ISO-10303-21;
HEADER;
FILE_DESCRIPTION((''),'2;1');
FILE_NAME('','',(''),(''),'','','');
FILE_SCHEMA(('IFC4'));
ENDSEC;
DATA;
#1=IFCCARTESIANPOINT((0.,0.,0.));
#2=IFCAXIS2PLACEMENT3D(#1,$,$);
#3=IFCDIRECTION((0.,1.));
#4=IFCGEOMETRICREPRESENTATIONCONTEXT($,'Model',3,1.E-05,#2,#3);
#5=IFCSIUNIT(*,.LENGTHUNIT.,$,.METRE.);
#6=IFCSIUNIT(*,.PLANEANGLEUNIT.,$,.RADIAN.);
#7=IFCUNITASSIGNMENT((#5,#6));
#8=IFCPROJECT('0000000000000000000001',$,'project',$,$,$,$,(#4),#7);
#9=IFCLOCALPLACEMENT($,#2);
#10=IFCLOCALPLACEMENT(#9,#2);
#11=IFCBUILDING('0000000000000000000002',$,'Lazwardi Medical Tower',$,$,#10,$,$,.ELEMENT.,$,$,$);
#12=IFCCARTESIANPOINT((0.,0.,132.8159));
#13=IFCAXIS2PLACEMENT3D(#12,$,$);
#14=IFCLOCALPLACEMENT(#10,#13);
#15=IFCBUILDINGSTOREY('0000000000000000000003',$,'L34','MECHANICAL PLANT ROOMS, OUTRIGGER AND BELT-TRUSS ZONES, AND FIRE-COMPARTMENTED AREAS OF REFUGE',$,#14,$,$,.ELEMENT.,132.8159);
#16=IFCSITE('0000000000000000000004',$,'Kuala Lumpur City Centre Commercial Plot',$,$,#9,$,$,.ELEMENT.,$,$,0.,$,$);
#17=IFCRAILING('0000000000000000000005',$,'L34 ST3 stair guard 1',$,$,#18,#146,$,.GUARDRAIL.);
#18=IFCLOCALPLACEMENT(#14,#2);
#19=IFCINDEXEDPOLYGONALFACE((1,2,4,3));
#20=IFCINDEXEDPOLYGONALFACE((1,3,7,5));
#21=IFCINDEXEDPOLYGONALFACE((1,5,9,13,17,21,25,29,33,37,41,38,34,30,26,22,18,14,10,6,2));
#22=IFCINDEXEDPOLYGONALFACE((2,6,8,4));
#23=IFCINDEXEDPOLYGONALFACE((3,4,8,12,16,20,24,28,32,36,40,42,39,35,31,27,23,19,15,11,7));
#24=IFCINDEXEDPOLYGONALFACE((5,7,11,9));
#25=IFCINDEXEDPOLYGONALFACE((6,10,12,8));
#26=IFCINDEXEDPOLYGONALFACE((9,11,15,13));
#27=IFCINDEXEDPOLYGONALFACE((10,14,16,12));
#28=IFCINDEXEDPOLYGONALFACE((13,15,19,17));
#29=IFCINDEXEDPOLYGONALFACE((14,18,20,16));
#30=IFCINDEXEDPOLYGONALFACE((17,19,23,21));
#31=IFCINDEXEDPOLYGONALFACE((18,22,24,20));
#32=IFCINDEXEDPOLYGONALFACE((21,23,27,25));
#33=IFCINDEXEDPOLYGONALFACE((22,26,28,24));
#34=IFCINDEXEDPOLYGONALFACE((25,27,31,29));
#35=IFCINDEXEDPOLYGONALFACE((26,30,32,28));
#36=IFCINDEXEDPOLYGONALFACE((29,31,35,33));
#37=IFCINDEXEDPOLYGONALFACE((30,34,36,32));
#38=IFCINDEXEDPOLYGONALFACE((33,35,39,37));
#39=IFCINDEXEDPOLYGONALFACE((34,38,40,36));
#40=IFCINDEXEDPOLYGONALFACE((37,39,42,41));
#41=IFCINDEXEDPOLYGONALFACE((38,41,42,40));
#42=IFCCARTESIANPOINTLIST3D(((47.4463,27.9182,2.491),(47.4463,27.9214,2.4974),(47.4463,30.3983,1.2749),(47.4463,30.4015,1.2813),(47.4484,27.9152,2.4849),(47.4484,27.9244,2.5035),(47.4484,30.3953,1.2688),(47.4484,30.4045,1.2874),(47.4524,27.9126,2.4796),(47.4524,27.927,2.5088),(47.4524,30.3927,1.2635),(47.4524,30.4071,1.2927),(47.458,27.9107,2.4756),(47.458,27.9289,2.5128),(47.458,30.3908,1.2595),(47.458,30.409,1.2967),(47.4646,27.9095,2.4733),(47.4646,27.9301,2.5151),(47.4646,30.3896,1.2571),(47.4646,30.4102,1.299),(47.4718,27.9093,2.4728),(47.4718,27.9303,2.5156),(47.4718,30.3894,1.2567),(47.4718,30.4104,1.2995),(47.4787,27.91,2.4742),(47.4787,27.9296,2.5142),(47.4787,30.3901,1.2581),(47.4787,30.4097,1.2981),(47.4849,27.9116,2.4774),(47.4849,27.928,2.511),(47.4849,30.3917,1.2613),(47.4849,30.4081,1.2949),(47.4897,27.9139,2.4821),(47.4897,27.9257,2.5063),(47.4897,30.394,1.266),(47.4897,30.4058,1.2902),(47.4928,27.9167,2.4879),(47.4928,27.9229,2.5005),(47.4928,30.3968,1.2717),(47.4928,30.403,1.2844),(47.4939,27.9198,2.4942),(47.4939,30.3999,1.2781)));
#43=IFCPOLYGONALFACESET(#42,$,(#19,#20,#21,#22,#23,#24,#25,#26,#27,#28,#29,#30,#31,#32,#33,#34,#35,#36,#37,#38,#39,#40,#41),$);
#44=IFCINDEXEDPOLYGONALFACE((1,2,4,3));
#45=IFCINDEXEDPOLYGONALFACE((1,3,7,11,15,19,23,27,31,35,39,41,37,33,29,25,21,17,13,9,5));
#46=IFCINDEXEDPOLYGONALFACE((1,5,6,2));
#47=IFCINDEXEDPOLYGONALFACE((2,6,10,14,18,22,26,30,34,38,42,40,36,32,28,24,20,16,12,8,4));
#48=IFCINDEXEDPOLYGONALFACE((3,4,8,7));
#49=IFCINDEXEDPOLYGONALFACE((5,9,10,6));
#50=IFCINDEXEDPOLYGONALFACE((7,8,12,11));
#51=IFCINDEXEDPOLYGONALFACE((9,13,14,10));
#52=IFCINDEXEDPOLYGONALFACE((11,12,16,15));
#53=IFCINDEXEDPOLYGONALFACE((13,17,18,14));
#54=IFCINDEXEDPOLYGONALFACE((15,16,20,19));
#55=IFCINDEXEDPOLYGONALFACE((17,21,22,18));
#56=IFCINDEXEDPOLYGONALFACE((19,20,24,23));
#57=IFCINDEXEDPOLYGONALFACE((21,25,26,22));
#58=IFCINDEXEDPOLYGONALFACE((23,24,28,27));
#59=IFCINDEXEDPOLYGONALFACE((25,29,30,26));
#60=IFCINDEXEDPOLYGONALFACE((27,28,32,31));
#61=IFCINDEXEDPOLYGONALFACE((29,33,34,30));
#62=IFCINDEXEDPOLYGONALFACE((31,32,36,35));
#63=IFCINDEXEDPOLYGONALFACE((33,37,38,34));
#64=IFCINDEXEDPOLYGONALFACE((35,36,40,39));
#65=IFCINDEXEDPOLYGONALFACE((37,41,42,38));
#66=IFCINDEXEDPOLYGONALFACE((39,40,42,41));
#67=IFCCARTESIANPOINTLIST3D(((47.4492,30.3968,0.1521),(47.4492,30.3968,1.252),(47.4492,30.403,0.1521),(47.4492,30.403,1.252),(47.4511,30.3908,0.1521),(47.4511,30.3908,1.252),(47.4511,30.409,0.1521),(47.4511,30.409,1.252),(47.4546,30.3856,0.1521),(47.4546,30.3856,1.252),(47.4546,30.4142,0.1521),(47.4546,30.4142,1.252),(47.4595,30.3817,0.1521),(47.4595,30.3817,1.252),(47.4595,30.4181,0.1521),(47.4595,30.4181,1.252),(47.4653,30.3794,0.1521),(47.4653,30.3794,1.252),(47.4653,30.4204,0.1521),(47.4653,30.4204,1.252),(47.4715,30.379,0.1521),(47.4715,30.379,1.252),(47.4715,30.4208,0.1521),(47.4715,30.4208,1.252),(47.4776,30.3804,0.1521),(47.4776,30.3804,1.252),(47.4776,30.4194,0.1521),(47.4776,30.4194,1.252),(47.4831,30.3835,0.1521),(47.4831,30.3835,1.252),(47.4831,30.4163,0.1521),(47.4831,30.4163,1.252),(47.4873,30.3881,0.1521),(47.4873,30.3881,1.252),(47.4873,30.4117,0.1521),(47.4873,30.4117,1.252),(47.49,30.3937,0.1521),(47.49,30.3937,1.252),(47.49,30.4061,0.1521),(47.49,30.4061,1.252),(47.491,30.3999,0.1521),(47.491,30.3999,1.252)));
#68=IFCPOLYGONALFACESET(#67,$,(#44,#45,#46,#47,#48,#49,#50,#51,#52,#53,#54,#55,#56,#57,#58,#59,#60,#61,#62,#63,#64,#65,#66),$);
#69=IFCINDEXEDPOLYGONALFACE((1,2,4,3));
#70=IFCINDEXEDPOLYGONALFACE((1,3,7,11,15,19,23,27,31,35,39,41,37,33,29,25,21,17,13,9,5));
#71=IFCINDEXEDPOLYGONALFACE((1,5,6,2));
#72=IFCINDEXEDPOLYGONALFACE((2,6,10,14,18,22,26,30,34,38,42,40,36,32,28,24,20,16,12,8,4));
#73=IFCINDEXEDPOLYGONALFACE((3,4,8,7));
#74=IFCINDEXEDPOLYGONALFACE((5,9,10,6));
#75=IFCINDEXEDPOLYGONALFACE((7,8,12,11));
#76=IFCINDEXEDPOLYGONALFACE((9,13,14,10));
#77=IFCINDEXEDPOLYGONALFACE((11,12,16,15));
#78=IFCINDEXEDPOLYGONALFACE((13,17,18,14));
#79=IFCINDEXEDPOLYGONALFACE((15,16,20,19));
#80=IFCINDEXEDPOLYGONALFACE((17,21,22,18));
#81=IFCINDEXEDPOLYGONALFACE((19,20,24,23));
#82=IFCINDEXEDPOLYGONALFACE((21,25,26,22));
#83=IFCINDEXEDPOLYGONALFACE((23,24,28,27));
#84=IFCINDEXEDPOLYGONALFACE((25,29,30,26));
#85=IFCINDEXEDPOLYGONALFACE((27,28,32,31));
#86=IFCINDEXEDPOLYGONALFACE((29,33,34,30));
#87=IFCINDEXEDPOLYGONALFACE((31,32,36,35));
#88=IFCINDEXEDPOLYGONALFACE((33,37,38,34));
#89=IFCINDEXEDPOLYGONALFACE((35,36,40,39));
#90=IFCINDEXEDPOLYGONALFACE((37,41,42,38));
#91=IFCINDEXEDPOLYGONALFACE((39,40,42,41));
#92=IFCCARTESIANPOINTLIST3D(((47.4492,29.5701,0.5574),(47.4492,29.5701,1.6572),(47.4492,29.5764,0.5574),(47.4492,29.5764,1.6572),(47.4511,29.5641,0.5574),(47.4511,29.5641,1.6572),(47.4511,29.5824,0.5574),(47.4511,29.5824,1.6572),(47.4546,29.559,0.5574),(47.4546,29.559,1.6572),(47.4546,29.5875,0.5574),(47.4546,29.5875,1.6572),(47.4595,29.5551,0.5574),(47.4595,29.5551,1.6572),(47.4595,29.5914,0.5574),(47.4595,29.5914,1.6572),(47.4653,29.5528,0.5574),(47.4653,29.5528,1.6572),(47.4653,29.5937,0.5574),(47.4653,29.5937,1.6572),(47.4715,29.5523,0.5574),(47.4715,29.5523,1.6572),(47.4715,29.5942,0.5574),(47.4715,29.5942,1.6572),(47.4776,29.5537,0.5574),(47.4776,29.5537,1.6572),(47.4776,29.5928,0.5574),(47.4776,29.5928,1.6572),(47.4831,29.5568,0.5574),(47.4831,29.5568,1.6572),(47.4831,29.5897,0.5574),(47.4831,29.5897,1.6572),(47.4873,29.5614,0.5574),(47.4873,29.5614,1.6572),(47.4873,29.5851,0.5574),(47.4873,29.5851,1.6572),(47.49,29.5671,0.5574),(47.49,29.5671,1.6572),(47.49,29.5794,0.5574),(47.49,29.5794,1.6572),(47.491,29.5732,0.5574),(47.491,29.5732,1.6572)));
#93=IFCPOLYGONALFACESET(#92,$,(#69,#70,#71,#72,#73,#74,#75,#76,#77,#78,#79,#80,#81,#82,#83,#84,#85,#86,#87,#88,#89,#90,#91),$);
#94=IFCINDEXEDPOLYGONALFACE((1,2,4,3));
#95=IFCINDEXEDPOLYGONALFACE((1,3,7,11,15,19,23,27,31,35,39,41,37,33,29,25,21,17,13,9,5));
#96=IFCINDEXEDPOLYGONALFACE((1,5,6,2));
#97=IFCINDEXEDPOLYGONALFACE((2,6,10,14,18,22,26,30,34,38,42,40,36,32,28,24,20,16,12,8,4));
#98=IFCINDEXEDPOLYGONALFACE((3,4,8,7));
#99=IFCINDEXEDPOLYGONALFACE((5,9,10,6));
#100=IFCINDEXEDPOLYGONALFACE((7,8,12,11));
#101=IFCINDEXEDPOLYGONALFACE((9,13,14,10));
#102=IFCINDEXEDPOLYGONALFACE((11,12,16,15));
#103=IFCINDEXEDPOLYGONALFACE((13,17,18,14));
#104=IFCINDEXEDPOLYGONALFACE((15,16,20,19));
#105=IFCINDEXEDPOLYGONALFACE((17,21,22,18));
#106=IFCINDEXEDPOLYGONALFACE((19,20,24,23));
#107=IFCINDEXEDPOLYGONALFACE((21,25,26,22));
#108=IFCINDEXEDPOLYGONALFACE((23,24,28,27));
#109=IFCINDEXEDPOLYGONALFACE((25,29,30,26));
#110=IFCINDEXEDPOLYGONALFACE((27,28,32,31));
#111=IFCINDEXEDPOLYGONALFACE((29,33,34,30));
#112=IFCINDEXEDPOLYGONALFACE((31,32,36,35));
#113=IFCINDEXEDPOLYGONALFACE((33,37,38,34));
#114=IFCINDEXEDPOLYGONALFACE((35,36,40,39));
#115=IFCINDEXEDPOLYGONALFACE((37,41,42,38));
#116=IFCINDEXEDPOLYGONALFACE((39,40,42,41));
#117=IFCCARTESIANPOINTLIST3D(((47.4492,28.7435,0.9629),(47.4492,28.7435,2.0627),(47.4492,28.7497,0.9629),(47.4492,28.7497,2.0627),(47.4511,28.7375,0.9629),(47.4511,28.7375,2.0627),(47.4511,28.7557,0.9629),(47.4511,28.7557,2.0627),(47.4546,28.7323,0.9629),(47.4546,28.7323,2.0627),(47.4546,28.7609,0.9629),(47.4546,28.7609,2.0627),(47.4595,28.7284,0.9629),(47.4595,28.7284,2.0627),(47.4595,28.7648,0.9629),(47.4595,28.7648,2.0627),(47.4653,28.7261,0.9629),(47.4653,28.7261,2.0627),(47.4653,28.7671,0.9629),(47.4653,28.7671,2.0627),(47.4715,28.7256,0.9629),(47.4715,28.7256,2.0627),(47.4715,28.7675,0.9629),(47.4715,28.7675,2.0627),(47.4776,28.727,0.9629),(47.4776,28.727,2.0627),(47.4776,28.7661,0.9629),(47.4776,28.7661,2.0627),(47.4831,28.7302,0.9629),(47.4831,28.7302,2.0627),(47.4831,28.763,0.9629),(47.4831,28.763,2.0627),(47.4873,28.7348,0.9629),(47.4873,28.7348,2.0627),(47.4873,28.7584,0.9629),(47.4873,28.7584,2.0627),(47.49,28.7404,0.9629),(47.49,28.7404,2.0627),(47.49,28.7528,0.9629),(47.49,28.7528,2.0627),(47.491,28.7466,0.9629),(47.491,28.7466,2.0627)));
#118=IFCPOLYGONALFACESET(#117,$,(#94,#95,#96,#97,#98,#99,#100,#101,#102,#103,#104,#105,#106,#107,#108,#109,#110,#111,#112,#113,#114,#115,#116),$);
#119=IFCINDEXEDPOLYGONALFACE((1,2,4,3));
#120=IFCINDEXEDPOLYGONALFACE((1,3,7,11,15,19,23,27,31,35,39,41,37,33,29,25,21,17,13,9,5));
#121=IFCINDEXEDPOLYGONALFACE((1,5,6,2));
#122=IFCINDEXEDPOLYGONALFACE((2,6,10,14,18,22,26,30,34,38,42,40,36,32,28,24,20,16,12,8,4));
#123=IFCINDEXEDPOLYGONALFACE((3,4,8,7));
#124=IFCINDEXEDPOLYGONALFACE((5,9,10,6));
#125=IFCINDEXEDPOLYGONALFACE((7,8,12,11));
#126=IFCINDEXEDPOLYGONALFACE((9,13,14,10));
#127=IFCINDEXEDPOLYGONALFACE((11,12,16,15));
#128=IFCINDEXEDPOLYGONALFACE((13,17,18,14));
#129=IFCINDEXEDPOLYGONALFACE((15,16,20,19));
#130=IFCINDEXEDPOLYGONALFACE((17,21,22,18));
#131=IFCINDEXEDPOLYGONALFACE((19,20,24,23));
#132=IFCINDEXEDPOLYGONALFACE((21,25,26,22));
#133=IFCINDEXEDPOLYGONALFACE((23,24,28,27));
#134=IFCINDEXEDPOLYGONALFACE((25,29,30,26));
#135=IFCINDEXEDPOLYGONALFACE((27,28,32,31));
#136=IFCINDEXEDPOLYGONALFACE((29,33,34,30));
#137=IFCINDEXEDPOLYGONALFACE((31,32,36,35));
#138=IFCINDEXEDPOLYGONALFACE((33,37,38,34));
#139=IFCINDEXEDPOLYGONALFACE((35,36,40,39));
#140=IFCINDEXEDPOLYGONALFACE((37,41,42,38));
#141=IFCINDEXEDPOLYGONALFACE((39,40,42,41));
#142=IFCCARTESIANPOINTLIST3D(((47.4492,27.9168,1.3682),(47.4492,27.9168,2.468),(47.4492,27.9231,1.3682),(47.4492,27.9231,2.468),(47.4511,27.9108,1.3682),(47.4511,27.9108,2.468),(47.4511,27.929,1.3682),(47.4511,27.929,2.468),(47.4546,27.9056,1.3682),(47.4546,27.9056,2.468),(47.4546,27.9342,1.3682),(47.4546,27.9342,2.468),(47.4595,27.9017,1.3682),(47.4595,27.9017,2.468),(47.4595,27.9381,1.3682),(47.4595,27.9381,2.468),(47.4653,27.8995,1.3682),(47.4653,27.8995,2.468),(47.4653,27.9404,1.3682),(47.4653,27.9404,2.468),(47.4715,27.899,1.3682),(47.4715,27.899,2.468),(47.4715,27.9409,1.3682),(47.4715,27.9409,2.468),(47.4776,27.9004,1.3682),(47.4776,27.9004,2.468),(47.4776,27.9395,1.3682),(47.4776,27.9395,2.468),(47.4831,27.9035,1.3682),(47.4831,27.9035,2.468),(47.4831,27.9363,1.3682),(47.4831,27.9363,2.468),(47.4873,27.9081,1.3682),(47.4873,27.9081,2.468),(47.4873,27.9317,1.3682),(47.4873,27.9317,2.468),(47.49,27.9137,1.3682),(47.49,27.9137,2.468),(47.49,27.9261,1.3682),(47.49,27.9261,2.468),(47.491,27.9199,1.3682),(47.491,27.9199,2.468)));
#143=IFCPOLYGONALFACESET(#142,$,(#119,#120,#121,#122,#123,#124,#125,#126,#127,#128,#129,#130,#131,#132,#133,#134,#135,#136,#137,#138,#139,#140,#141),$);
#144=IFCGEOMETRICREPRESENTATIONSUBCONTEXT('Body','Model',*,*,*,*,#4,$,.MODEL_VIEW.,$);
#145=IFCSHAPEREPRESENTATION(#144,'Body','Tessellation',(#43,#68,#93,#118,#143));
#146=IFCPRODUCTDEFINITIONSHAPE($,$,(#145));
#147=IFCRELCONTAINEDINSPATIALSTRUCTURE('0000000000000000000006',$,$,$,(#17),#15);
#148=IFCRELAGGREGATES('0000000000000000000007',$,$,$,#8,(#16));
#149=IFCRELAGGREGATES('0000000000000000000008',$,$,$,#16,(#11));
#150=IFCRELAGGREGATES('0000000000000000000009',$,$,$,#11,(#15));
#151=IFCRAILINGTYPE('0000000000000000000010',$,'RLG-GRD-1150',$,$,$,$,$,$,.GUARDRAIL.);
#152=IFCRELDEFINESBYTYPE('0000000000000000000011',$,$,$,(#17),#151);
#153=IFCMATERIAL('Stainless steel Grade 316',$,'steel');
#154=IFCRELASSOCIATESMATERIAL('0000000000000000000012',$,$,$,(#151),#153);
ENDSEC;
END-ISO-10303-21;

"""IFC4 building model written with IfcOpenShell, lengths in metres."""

from ifc_helpers import new_model, si_unit, direction, frame, origin, origin_2d, place, context, subcontext, project, spatial, circle, extrude, material, type_object, element, save


model = new_model("IFC4")

# Units and contexts
model_context = context("Model", 3, precision=1e-05, world=origin(), true_north=direction((0.0, 1.0)))
body_context = subcontext(model_context, "Body", "Model", "MODEL_VIEW")
ifc_project = project(units=[si_unit("LENGTHUNIT", "METRE"), si_unit("PLANEANGLEUNIT", "RADIAN")], contexts=[model_context])

# Site, building, storey
site_placement = place(None, origin())
site = spatial("IfcSite", under=ifc_project, at=site_placement, Name="Kuala Lumpur City Centre Commercial Plot", CompositionType="ELEMENT", RefElevation=0.0)
building_placement = place(site_placement, origin())
building = spatial("IfcBuilding", under=site, at=building_placement, Name="Lazwardi Medical Tower", CompositionType="ELEMENT")
storey_placement = place(building_placement, frame((0.0, 0.0, 132.8159)))
storey = spatial("IfcBuildingStorey", under=building, at=storey_placement, Name="L34", Description="MECHANICAL PLANT ROOMS, OUTRIGGER AND BELT-TRUSS ZONES, AND FIRE-COMPARTMENTED AREAS OF REFUGE", CompositionType="ELEMENT", Elevation=132.8159)

# Railing
ifc_material_1 = material(Name="Stainless steel Grade 316", Category="steel")
railing_type_1 = type_object("IfcRailingType", Name="RLG-GRD-1150", PredefinedType="GUARDRAIL", material=ifc_material_1)
railing_1_placement = place(storey_placement, frame((47.47, 30.3999, 0.1521)))
element("IfcRailing", 1, at=railing_1_placement, inside=storey, type_object=railing_type_1, Name="L34 ST3 stair guard 1", PredefinedType="GUARDRAIL", context=body_context, shape_type="SweptSolid", body=[
    extrude(circle(Radius=0.0239, at=origin_2d()), frame((0.0, 0.0, 1.126), z_axis=(0.0, -0.897865, 0.44027), x_axis=(1.0, 0.0, 0.0)), (0.0, 0.0, 1.0), 2.7622),
    extrude(circle(Radius=0.021, at=origin_2d()), origin(), (0.0, 0.0, 1.0), 1.0999),
    extrude(circle(Radius=0.021, at=origin_2d()), frame((0.0, -0.8267, 0.4053)), (0.0, 0.0, 1.0), 1.0999),
    extrude(circle(Radius=0.021, at=origin_2d()), frame((0.0, -1.6533, 0.8108)), (0.0, 0.0, 1.0), 1.0999),
    extrude(circle(Radius=0.021, at=origin_2d()), frame((0.0, -2.48, 1.2161)), (0.0, 0.0, 1.0), 1.0999),
])

save(model, "model.ifc")
